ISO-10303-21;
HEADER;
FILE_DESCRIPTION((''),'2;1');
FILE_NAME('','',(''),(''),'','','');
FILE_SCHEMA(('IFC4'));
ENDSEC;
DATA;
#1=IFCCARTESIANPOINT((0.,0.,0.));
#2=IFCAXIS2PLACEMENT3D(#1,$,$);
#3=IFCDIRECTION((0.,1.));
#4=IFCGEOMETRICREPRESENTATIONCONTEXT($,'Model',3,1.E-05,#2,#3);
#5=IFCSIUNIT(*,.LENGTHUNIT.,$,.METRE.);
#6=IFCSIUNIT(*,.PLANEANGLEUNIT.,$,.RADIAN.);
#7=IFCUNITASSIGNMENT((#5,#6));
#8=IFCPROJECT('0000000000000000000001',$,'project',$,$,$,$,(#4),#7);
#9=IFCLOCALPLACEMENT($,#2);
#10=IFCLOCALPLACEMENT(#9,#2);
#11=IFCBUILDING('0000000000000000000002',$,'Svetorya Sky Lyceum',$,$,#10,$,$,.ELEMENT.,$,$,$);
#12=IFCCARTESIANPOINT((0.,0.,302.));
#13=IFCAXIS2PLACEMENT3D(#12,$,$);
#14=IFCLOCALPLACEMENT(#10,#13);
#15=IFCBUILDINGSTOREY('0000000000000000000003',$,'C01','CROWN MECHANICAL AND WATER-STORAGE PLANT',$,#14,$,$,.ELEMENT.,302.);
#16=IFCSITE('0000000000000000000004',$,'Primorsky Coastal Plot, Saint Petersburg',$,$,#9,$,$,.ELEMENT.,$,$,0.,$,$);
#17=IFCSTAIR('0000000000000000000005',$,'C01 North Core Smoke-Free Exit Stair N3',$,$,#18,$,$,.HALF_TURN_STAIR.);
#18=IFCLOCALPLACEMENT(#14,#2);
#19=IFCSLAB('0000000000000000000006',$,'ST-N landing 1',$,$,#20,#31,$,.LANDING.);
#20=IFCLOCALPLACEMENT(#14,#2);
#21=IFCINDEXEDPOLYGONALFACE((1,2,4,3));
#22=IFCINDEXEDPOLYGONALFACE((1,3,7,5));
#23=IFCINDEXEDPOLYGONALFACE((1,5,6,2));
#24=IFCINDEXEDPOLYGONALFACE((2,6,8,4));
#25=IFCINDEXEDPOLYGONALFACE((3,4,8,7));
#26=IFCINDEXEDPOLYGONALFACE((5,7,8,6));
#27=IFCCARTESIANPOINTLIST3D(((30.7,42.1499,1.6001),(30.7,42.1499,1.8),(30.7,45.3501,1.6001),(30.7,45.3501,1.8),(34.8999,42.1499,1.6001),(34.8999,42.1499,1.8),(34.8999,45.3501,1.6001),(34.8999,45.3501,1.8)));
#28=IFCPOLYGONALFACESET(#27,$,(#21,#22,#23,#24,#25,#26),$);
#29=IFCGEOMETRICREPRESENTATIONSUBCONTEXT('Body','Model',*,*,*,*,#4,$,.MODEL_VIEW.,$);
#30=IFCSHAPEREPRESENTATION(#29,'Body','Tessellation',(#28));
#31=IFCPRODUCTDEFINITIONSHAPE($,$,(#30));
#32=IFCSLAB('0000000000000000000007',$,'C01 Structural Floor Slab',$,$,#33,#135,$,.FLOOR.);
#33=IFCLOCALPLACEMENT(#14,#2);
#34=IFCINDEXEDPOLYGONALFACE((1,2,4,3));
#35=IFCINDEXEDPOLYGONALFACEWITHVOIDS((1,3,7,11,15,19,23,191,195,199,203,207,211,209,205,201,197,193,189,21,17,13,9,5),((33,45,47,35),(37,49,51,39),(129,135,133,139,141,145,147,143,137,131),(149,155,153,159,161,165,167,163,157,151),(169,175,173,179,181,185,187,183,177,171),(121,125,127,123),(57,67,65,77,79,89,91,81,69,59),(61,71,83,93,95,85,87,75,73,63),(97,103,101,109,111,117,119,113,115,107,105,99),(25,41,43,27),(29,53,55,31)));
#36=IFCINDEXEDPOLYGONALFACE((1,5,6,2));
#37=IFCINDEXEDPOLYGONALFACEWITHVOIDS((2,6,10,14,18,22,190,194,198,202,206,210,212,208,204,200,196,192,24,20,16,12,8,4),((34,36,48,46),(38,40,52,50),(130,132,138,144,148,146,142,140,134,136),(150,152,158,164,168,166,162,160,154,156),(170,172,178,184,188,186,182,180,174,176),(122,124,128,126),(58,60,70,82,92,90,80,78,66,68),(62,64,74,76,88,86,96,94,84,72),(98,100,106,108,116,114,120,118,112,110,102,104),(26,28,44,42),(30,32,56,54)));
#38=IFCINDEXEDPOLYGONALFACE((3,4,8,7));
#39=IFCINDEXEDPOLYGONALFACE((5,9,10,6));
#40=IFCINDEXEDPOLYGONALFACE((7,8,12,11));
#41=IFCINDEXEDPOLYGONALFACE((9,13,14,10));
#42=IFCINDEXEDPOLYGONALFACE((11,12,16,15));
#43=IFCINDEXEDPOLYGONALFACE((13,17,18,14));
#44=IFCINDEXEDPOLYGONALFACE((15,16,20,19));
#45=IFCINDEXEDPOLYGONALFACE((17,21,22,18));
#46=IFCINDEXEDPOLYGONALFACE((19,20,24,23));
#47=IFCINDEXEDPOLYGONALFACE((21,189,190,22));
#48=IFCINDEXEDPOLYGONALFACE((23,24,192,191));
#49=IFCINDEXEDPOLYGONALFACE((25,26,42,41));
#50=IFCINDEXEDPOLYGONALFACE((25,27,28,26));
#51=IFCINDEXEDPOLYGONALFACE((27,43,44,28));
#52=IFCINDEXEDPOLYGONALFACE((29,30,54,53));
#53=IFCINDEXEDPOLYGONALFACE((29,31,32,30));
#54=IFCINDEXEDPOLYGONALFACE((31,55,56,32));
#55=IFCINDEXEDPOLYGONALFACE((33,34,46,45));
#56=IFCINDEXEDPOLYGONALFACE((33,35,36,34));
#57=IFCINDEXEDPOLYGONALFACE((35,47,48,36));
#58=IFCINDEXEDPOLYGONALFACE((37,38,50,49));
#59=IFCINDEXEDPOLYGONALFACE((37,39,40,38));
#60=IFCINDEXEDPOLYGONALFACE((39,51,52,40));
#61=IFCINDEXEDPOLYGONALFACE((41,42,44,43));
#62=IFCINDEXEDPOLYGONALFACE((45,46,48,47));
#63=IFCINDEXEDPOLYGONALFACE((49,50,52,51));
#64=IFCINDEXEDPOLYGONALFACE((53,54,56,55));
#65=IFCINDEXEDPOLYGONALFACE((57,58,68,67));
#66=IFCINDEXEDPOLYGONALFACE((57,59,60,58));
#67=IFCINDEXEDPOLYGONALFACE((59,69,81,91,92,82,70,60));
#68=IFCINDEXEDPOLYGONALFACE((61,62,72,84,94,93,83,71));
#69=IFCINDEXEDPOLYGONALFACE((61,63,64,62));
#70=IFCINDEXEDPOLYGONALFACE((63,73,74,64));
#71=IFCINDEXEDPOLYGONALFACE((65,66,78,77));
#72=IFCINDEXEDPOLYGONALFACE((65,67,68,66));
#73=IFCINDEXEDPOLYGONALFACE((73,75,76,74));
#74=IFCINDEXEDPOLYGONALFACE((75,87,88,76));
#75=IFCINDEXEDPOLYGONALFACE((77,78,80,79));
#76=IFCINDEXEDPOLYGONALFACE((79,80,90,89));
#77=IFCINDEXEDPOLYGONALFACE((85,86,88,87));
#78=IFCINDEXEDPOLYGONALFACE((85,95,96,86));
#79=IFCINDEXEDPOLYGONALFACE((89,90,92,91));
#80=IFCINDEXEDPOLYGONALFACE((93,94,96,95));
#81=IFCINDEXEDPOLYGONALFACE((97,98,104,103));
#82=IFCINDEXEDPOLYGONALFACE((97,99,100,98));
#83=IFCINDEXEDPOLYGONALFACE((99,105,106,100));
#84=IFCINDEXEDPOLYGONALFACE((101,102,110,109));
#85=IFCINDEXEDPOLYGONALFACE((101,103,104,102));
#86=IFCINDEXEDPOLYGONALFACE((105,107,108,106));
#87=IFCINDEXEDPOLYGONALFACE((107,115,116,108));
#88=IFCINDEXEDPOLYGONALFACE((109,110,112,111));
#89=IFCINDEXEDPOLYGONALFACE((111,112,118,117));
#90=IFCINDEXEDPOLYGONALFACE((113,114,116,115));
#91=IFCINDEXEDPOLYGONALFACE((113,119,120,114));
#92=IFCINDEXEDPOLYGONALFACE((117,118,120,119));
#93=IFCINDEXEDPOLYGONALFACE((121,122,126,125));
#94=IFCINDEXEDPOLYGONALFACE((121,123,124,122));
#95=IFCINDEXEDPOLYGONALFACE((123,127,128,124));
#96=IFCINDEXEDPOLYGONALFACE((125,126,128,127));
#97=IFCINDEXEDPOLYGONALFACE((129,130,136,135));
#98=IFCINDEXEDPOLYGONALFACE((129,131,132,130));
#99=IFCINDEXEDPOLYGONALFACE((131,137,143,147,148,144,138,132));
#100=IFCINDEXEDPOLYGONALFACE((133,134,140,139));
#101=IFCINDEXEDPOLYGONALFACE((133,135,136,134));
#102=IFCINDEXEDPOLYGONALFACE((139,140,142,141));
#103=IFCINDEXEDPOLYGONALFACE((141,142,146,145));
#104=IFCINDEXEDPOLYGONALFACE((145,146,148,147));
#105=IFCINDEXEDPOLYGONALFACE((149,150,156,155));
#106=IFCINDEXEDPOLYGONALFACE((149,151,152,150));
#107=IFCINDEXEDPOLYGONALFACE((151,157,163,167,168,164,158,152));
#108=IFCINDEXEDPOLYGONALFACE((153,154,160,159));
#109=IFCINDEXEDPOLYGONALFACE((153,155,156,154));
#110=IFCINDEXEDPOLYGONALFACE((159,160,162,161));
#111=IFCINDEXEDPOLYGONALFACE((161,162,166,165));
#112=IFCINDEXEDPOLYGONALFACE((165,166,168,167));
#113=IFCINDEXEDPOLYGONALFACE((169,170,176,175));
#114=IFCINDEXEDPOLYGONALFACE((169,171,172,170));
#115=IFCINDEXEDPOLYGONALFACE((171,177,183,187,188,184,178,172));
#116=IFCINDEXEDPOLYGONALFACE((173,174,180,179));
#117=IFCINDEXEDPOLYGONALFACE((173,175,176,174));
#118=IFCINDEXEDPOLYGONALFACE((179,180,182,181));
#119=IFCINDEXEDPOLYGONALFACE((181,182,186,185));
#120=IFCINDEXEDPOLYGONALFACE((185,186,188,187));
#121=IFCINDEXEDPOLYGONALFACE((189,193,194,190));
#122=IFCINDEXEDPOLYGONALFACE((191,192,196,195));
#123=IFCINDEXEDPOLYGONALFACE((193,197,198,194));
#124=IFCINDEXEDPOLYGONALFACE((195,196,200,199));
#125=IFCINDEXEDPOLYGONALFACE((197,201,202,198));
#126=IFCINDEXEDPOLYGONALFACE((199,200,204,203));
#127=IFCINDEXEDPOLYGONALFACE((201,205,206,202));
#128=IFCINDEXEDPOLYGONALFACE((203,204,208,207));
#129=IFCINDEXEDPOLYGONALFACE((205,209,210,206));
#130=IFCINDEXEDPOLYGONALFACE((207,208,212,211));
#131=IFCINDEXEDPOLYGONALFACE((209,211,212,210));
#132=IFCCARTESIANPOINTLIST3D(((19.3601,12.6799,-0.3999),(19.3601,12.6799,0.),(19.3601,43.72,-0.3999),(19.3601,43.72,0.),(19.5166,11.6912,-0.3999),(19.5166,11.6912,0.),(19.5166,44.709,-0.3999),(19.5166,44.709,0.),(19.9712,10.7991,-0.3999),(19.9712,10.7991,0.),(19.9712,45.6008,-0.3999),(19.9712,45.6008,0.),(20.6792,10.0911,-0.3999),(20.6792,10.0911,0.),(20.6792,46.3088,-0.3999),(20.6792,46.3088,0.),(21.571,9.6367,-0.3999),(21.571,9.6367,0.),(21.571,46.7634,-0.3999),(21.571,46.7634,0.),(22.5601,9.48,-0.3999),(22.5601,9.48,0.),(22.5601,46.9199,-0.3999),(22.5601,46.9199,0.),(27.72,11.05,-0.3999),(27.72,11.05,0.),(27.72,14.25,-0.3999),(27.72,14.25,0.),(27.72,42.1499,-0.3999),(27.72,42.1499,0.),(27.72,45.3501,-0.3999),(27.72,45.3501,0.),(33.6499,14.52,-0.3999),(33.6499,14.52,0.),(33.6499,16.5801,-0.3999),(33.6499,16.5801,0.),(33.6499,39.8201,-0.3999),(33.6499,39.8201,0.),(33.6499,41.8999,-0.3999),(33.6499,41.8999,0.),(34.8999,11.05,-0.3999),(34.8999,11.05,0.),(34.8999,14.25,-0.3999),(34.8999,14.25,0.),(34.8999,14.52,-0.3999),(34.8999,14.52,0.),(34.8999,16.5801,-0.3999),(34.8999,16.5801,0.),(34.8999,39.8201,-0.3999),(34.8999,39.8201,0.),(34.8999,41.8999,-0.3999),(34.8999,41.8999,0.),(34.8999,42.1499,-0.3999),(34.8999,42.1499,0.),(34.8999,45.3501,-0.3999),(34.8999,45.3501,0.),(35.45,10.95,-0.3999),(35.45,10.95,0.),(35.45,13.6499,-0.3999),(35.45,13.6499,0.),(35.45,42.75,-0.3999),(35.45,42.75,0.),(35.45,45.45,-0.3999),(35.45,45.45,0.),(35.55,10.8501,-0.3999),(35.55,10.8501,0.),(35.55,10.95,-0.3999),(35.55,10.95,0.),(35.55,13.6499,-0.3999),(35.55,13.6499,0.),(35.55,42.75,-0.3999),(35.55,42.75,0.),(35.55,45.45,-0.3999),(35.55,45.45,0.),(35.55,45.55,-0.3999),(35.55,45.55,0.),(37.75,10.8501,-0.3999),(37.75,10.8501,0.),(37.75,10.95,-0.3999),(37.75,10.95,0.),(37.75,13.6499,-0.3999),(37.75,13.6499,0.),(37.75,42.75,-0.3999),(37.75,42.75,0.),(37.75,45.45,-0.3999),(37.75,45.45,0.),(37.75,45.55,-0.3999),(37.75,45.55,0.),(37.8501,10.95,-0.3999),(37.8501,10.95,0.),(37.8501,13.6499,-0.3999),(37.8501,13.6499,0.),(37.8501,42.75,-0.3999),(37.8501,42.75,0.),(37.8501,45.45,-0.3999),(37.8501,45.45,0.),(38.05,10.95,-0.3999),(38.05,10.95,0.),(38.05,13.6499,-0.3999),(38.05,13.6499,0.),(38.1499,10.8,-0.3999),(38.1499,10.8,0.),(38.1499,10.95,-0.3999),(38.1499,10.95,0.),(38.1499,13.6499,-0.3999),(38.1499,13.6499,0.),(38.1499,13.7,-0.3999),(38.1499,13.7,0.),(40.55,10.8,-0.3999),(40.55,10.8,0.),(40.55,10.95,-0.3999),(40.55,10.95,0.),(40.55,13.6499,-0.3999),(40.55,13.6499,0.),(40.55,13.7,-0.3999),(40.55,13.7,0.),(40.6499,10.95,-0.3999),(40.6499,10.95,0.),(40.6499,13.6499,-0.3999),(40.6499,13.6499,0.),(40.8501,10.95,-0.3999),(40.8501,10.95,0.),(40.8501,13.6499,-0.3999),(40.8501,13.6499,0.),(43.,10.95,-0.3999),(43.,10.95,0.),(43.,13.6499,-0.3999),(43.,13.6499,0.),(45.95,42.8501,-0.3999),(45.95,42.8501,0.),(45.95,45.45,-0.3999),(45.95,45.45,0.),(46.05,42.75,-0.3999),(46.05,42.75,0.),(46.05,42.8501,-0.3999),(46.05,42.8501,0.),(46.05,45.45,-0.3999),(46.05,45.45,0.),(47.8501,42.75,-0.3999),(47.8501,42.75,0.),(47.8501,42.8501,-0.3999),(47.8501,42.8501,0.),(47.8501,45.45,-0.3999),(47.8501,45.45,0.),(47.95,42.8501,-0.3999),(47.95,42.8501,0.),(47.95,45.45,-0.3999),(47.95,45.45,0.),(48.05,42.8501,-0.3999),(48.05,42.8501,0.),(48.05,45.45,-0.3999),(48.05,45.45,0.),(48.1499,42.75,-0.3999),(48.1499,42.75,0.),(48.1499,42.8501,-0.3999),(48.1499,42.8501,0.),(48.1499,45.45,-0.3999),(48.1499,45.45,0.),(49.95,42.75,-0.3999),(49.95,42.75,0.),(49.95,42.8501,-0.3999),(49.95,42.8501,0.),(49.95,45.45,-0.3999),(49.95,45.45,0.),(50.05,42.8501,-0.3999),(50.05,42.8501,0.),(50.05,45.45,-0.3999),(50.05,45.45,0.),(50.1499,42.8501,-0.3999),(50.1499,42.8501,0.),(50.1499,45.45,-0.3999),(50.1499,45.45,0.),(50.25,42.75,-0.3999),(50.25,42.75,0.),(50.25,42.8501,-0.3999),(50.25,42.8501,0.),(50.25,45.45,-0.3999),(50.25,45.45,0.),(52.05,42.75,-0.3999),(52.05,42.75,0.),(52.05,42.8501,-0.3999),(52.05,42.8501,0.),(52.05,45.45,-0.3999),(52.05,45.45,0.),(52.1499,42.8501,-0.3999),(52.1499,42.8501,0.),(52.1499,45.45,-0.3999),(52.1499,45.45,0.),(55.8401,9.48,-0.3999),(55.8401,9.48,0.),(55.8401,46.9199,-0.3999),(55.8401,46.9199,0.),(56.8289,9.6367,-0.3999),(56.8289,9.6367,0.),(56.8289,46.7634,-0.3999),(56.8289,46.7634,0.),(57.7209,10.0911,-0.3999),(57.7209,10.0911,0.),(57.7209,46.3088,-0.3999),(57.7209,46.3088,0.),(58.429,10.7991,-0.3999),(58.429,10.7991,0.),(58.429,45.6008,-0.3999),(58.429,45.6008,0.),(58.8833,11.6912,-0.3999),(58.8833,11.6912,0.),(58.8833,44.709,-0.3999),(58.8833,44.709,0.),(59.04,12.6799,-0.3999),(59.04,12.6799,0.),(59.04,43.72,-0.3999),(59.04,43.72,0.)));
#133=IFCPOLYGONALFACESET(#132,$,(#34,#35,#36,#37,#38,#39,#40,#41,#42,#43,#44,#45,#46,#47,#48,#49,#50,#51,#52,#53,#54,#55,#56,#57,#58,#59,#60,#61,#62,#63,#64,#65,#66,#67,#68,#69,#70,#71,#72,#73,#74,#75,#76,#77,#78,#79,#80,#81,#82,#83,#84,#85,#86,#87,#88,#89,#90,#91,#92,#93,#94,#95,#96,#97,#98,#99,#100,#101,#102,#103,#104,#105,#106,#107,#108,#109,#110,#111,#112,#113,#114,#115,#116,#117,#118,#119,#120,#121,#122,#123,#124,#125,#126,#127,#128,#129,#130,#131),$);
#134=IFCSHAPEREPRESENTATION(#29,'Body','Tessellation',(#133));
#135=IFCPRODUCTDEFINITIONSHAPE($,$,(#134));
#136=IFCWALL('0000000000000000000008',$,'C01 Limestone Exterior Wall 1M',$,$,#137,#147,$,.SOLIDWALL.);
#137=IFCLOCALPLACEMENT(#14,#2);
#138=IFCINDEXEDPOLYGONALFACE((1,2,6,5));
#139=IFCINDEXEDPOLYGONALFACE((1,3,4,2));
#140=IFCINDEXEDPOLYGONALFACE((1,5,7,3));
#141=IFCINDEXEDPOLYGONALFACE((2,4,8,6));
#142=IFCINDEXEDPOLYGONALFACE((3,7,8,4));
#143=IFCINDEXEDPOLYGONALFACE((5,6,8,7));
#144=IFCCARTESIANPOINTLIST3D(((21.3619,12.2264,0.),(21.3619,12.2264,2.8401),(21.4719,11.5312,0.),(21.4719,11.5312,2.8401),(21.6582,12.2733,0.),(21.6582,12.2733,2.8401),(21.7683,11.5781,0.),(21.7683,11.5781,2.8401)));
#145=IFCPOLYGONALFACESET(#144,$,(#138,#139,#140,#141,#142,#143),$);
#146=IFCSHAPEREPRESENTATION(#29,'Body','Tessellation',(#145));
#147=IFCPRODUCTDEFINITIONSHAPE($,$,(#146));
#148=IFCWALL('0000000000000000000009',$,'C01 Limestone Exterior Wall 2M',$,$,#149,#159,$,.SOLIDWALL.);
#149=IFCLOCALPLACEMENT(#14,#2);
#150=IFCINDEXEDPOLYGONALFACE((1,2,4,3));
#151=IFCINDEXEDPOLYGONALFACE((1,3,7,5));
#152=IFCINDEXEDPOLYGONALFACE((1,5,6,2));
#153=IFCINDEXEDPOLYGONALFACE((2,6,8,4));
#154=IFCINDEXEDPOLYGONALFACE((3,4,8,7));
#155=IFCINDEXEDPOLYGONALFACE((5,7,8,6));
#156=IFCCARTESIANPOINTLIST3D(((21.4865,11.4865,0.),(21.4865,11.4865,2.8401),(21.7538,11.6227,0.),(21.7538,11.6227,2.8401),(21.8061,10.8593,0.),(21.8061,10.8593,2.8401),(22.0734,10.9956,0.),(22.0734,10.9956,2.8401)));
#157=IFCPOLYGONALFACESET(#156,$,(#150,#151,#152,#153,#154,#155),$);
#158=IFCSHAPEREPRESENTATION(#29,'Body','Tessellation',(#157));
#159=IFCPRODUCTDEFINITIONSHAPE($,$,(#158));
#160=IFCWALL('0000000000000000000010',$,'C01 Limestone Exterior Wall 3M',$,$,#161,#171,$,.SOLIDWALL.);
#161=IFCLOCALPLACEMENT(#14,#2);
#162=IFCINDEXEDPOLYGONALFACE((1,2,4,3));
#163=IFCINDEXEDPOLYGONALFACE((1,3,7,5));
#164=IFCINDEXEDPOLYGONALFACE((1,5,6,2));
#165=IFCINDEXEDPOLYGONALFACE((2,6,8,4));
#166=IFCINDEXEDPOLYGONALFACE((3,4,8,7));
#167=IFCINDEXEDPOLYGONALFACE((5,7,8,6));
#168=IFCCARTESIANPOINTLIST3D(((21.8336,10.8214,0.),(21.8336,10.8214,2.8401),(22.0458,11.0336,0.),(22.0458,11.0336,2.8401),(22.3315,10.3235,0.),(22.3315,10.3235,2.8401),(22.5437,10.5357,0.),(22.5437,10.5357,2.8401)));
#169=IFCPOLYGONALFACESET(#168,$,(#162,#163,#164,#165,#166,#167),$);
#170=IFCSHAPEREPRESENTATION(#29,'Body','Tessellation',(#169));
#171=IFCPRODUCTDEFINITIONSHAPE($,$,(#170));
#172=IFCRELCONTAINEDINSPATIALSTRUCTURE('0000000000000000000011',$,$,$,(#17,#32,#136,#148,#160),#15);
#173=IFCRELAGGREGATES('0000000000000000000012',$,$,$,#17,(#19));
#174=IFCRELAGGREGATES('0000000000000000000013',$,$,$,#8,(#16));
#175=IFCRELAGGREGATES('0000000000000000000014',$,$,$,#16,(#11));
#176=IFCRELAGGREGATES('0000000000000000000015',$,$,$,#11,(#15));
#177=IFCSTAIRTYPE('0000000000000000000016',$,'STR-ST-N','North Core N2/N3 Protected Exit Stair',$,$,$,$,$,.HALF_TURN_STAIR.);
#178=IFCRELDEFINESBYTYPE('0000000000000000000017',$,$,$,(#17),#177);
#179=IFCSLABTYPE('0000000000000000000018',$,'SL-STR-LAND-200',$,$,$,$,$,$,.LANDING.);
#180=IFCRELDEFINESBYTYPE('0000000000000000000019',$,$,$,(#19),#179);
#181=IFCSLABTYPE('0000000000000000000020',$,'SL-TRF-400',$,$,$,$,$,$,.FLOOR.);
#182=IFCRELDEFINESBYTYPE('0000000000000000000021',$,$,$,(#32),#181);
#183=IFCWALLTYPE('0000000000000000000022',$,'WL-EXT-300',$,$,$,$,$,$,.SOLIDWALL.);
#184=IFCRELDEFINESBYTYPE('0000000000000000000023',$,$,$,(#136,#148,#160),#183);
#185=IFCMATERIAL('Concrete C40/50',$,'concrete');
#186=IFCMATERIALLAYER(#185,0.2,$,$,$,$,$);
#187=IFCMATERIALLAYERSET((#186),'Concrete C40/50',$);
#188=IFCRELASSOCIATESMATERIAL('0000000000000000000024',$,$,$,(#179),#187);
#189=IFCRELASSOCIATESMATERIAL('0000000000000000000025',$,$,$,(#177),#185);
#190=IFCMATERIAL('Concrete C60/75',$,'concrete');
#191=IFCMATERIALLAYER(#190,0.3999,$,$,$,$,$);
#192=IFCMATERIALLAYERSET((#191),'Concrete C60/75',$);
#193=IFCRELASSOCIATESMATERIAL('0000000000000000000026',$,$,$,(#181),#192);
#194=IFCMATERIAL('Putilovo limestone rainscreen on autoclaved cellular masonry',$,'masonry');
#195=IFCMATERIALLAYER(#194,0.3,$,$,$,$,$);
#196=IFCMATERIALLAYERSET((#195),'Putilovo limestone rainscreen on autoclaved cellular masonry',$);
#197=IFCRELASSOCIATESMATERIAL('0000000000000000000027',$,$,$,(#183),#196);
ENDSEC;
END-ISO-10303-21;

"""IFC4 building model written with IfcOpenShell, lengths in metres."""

from ifc_helpers import new_model, si_unit, direction, frame, frame_2d, origin, place, context, subcontext, project, spatial, polyline, rectangle, outline, extrude, material, layer, layer_set, type_object, element, aggregate, save


model = new_model("IFC4")

# Units and contexts
model_context = context("Model", 3, precision=1e-05, world=origin(), true_north=direction((0.0, 1.0)))
body_context = subcontext(model_context, "Body", "Model", "MODEL_VIEW")
ifc_project = project(units=[si_unit("LENGTHUNIT", "METRE"), si_unit("PLANEANGLEUNIT", "RADIAN")], contexts=[model_context])

# Site, building, storey
site_placement = place(None, origin())
site = spatial("IfcSite", under=ifc_project, at=site_placement, Name="Primorsky Coastal Plot, Saint Petersburg", CompositionType="ELEMENT", RefElevation=0.0)
building_placement = place(site_placement, origin())
building = spatial("IfcBuilding", under=site, at=building_placement, Name="Svetorya Sky Lyceum", CompositionType="ELEMENT")
storey_placement = place(building_placement, frame((0.0, 0.0, 302.0)))
storey = spatial("IfcBuildingStorey", under=building, at=storey_placement, Name="C01", Description="CROWN MECHANICAL AND WATER-STORAGE PLANT", CompositionType="ELEMENT", Elevation=302.0)

# Shared definitions
ifc_material_1 = material(Name="Concrete C40/50", Category="concrete")

# Stair, slab
ifc_layer_1 = layer(ifc_material_1, 0.2)
ifc_layer_set_1 = layer_set([ifc_layer_1], Name="Concrete C40/50")
slab_type_1 = type_object("IfcSlabType", Name="SL-STR-LAND-200", PredefinedType="LANDING", material=ifc_layer_set_1)
stair_type_1 = type_object("IfcStairType", Name="STR-ST-N", Description="North Core N2/N3 Protected Exit Stair", PredefinedType="HALF_TURN_STAIR", material=ifc_material_1)
stair_1_placement = place(storey_placement, origin())
stair_1 = element("IfcStair", 1, at=stair_1_placement, inside=storey, type_object=stair_type_1, Name="C01 North Core Smoke-Free Exit Stair N3", PredefinedType="HALF_TURN_STAIR")
slab_1_placement = place(storey_placement, frame((0.0, 0.0, 1.6001)))
slab_1 = element("IfcSlab", 2, at=slab_1_placement, type_object=slab_type_1, Name="ST-N landing 1", PredefinedType="LANDING", context=body_context, shape_type="SweptSolid", body=[
    extrude(outline(polyline([(30.7, 42.1499), (34.8999, 42.1499), (34.8999, 45.3501), (30.7, 45.3501), (30.7, 42.1499)])), origin(), (0.0, 0.0, 1.0), 0.2),
])
aggregate(stair_1, [slab_1])

# Slab
ifc_material_2 = material(Name="Concrete C60/75", Category="concrete")
ifc_layer_2 = layer(ifc_material_2, 0.3999)
ifc_layer_set_2 = layer_set([ifc_layer_2], Name="Concrete C60/75")
slab_type_2 = type_object("IfcSlabType", Name="SL-TRF-400", PredefinedType="FLOOR", material=ifc_layer_set_2)
slab_2_placement = place(storey_placement, frame((0.0, 0.0, -0.3999)))
element("IfcSlab", 3, at=slab_2_placement, inside=storey, type_object=slab_type_2, Name="C01 Structural Floor Slab", PredefinedType="FLOOR", context=body_context, shape_type="SweptSolid", body=[
    extrude(outline(polyline([(19.3601, 12.6799), (19.5166, 11.6912), (19.9712, 10.7991), (20.6792, 10.0911), (21.571, 9.6367), (22.5601, 9.48), (55.8401, 9.48), (56.8289, 9.6367), (57.7209, 10.0911), (58.429, 10.7991), (58.8833, 11.6912), (59.04, 12.6799), (59.04, 43.72), (58.8833, 44.709), (58.429, 45.6008), (57.7209, 46.3088), (56.8289, 46.7634), (55.8401, 46.9199), (22.5601, 46.9199), (21.571, 46.7634), (20.6792, 46.3088), (19.9712, 45.6008), (19.5166, 44.709), (19.3601, 43.72), (19.3601, 12.6799)]), holes=[polyline([(37.8501, 10.95), (37.75, 10.95), (37.75, 10.8501), (35.55, 10.8501), (35.55, 10.95), (35.45, 10.95), (35.45, 13.6499), (35.55, 13.6499), (37.75, 13.6499), (37.8501, 13.6499), (37.8501, 10.95)]), polyline([(38.1499, 10.8), (38.1499, 10.95), (38.05, 10.95), (38.05, 13.6499), (38.1499, 13.6499), (38.1499, 13.7), (40.55, 13.7), (40.55, 13.6499), (40.6499, 13.6499), (40.6499, 10.95), (40.55, 10.95), (40.55, 10.8), (38.1499, 10.8)]), polyline([(27.72, 11.05), (27.72, 14.25), (34.8999, 14.25), (34.8999, 11.05), (27.72, 11.05)]), polyline([(33.6499, 14.52), (33.6499, 16.5801), (34.8999, 16.5801), (34.8999, 14.52), (33.6499, 14.52)]), polyline([(33.6499, 39.8201), (33.6499, 41.8999), (34.8999, 41.8999), (34.8999, 39.8201), (33.6499, 39.8201)]), polyline([(27.72, 42.1499), (27.72, 45.3501), (34.8999, 45.3501), (34.8999, 42.1499), (27.72, 42.1499)]), polyline([(37.75, 42.75), (35.55, 42.75), (35.45, 42.75), (35.45, 45.45), (35.55, 45.45), (35.55, 45.55), (37.75, 45.55), (37.75, 45.45), (37.8501, 45.45), (37.8501, 42.75), (37.75, 42.75)]), polyline([(40.8501, 10.95), (40.8501, 13.6499), (43.0, 13.6499), (43.0, 10.95), (40.8501, 10.95)]), polyline([(46.05, 42.75), (46.05, 42.8501), (45.95, 42.8501), (45.95, 45.45), (46.05, 45.45), (47.8501, 45.45), (47.95, 45.45), (47.95, 42.8501), (47.8501, 42.8501), (47.8501, 42.75), (46.05, 42.75)]), polyline([(50.05, 42.8501), (49.95, 42.8501), (49.95, 42.75), (48.1499, 42.75), (48.1499, 42.8501), (48.05, 42.8501), (48.05, 45.45), (48.1499, 45.45), (49.95, 45.45), (50.05, 45.45), (50.05, 42.8501)]), polyline([(52.1499, 42.8501), (52.05, 42.8501), (52.05, 42.75), (50.25, 42.75), (50.25, 42.8501), (50.1499, 42.8501), (50.1499, 45.45), (50.25, 45.45), (52.05, 45.45), (52.1499, 45.45), (52.1499, 42.8501)])]), origin(), (0.0, 0.0, 1.0), 0.3999),
])

# Walls
ifc_material_3 = material(Name="Putilovo limestone rainscreen on autoclaved cellular masonry", Category="masonry")
ifc_layer_3 = layer(ifc_material_3, 0.3)
ifc_layer_set_3 = layer_set([ifc_layer_3], Name="Putilovo limestone rainscreen on autoclaved cellular masonry")
wall_type_1 = type_object("IfcWallType", Name="WL-EXT-300", PredefinedType="SOLIDWALL", material=ifc_layer_set_3)
for number, where, z_axis, x_axis, name in (
    (4, (21.51, 12.25, 0.0), (0.0, 0.0, 1.0), (0.156408, -0.987693, 0.0), "C01 Limestone Exterior Wall 1M"),
    (5, (21.6201, 11.5547, 0.0), (0.0, 0.0, 1.0), (0.453999, -0.891002, 0.0), "C01 Limestone Exterior Wall 2M"),
):
    element("IfcWall", number, at=place(storey_placement, frame(where, z_axis=z_axis, x_axis=x_axis)), inside=storey, type_object=wall_type_1, Name=name, PredefinedType="SOLIDWALL", context=body_context, shape_type="SweptSolid", body=[
        extrude(rectangle(XDim=0.7039, YDim=0.3, at=frame_2d((0.3521, 0.0))), origin(), (0.0, 0.0, 1.0), 2.8401),
    ])
wall_1_placement = place(storey_placement, frame((21.9397, 10.9275, 0.0), z_axis=(0.0, 0.0, 1.0), x_axis=(0.707107, -0.707107, 0.0)))
element("IfcWall", 6, at=wall_1_placement, inside=storey, type_object=wall_type_1, Name="C01 Limestone Exterior Wall 3M", PredefinedType="SOLIDWALL", context=body_context, shape_type="SweptSolid", body=[
    extrude(rectangle(XDim=0.7041, YDim=0.3, at=frame_2d((0.3521, 0.0))), origin(), (0.0, 0.0, 1.0), 2.8401),
])

save(model, "model.ifc")
